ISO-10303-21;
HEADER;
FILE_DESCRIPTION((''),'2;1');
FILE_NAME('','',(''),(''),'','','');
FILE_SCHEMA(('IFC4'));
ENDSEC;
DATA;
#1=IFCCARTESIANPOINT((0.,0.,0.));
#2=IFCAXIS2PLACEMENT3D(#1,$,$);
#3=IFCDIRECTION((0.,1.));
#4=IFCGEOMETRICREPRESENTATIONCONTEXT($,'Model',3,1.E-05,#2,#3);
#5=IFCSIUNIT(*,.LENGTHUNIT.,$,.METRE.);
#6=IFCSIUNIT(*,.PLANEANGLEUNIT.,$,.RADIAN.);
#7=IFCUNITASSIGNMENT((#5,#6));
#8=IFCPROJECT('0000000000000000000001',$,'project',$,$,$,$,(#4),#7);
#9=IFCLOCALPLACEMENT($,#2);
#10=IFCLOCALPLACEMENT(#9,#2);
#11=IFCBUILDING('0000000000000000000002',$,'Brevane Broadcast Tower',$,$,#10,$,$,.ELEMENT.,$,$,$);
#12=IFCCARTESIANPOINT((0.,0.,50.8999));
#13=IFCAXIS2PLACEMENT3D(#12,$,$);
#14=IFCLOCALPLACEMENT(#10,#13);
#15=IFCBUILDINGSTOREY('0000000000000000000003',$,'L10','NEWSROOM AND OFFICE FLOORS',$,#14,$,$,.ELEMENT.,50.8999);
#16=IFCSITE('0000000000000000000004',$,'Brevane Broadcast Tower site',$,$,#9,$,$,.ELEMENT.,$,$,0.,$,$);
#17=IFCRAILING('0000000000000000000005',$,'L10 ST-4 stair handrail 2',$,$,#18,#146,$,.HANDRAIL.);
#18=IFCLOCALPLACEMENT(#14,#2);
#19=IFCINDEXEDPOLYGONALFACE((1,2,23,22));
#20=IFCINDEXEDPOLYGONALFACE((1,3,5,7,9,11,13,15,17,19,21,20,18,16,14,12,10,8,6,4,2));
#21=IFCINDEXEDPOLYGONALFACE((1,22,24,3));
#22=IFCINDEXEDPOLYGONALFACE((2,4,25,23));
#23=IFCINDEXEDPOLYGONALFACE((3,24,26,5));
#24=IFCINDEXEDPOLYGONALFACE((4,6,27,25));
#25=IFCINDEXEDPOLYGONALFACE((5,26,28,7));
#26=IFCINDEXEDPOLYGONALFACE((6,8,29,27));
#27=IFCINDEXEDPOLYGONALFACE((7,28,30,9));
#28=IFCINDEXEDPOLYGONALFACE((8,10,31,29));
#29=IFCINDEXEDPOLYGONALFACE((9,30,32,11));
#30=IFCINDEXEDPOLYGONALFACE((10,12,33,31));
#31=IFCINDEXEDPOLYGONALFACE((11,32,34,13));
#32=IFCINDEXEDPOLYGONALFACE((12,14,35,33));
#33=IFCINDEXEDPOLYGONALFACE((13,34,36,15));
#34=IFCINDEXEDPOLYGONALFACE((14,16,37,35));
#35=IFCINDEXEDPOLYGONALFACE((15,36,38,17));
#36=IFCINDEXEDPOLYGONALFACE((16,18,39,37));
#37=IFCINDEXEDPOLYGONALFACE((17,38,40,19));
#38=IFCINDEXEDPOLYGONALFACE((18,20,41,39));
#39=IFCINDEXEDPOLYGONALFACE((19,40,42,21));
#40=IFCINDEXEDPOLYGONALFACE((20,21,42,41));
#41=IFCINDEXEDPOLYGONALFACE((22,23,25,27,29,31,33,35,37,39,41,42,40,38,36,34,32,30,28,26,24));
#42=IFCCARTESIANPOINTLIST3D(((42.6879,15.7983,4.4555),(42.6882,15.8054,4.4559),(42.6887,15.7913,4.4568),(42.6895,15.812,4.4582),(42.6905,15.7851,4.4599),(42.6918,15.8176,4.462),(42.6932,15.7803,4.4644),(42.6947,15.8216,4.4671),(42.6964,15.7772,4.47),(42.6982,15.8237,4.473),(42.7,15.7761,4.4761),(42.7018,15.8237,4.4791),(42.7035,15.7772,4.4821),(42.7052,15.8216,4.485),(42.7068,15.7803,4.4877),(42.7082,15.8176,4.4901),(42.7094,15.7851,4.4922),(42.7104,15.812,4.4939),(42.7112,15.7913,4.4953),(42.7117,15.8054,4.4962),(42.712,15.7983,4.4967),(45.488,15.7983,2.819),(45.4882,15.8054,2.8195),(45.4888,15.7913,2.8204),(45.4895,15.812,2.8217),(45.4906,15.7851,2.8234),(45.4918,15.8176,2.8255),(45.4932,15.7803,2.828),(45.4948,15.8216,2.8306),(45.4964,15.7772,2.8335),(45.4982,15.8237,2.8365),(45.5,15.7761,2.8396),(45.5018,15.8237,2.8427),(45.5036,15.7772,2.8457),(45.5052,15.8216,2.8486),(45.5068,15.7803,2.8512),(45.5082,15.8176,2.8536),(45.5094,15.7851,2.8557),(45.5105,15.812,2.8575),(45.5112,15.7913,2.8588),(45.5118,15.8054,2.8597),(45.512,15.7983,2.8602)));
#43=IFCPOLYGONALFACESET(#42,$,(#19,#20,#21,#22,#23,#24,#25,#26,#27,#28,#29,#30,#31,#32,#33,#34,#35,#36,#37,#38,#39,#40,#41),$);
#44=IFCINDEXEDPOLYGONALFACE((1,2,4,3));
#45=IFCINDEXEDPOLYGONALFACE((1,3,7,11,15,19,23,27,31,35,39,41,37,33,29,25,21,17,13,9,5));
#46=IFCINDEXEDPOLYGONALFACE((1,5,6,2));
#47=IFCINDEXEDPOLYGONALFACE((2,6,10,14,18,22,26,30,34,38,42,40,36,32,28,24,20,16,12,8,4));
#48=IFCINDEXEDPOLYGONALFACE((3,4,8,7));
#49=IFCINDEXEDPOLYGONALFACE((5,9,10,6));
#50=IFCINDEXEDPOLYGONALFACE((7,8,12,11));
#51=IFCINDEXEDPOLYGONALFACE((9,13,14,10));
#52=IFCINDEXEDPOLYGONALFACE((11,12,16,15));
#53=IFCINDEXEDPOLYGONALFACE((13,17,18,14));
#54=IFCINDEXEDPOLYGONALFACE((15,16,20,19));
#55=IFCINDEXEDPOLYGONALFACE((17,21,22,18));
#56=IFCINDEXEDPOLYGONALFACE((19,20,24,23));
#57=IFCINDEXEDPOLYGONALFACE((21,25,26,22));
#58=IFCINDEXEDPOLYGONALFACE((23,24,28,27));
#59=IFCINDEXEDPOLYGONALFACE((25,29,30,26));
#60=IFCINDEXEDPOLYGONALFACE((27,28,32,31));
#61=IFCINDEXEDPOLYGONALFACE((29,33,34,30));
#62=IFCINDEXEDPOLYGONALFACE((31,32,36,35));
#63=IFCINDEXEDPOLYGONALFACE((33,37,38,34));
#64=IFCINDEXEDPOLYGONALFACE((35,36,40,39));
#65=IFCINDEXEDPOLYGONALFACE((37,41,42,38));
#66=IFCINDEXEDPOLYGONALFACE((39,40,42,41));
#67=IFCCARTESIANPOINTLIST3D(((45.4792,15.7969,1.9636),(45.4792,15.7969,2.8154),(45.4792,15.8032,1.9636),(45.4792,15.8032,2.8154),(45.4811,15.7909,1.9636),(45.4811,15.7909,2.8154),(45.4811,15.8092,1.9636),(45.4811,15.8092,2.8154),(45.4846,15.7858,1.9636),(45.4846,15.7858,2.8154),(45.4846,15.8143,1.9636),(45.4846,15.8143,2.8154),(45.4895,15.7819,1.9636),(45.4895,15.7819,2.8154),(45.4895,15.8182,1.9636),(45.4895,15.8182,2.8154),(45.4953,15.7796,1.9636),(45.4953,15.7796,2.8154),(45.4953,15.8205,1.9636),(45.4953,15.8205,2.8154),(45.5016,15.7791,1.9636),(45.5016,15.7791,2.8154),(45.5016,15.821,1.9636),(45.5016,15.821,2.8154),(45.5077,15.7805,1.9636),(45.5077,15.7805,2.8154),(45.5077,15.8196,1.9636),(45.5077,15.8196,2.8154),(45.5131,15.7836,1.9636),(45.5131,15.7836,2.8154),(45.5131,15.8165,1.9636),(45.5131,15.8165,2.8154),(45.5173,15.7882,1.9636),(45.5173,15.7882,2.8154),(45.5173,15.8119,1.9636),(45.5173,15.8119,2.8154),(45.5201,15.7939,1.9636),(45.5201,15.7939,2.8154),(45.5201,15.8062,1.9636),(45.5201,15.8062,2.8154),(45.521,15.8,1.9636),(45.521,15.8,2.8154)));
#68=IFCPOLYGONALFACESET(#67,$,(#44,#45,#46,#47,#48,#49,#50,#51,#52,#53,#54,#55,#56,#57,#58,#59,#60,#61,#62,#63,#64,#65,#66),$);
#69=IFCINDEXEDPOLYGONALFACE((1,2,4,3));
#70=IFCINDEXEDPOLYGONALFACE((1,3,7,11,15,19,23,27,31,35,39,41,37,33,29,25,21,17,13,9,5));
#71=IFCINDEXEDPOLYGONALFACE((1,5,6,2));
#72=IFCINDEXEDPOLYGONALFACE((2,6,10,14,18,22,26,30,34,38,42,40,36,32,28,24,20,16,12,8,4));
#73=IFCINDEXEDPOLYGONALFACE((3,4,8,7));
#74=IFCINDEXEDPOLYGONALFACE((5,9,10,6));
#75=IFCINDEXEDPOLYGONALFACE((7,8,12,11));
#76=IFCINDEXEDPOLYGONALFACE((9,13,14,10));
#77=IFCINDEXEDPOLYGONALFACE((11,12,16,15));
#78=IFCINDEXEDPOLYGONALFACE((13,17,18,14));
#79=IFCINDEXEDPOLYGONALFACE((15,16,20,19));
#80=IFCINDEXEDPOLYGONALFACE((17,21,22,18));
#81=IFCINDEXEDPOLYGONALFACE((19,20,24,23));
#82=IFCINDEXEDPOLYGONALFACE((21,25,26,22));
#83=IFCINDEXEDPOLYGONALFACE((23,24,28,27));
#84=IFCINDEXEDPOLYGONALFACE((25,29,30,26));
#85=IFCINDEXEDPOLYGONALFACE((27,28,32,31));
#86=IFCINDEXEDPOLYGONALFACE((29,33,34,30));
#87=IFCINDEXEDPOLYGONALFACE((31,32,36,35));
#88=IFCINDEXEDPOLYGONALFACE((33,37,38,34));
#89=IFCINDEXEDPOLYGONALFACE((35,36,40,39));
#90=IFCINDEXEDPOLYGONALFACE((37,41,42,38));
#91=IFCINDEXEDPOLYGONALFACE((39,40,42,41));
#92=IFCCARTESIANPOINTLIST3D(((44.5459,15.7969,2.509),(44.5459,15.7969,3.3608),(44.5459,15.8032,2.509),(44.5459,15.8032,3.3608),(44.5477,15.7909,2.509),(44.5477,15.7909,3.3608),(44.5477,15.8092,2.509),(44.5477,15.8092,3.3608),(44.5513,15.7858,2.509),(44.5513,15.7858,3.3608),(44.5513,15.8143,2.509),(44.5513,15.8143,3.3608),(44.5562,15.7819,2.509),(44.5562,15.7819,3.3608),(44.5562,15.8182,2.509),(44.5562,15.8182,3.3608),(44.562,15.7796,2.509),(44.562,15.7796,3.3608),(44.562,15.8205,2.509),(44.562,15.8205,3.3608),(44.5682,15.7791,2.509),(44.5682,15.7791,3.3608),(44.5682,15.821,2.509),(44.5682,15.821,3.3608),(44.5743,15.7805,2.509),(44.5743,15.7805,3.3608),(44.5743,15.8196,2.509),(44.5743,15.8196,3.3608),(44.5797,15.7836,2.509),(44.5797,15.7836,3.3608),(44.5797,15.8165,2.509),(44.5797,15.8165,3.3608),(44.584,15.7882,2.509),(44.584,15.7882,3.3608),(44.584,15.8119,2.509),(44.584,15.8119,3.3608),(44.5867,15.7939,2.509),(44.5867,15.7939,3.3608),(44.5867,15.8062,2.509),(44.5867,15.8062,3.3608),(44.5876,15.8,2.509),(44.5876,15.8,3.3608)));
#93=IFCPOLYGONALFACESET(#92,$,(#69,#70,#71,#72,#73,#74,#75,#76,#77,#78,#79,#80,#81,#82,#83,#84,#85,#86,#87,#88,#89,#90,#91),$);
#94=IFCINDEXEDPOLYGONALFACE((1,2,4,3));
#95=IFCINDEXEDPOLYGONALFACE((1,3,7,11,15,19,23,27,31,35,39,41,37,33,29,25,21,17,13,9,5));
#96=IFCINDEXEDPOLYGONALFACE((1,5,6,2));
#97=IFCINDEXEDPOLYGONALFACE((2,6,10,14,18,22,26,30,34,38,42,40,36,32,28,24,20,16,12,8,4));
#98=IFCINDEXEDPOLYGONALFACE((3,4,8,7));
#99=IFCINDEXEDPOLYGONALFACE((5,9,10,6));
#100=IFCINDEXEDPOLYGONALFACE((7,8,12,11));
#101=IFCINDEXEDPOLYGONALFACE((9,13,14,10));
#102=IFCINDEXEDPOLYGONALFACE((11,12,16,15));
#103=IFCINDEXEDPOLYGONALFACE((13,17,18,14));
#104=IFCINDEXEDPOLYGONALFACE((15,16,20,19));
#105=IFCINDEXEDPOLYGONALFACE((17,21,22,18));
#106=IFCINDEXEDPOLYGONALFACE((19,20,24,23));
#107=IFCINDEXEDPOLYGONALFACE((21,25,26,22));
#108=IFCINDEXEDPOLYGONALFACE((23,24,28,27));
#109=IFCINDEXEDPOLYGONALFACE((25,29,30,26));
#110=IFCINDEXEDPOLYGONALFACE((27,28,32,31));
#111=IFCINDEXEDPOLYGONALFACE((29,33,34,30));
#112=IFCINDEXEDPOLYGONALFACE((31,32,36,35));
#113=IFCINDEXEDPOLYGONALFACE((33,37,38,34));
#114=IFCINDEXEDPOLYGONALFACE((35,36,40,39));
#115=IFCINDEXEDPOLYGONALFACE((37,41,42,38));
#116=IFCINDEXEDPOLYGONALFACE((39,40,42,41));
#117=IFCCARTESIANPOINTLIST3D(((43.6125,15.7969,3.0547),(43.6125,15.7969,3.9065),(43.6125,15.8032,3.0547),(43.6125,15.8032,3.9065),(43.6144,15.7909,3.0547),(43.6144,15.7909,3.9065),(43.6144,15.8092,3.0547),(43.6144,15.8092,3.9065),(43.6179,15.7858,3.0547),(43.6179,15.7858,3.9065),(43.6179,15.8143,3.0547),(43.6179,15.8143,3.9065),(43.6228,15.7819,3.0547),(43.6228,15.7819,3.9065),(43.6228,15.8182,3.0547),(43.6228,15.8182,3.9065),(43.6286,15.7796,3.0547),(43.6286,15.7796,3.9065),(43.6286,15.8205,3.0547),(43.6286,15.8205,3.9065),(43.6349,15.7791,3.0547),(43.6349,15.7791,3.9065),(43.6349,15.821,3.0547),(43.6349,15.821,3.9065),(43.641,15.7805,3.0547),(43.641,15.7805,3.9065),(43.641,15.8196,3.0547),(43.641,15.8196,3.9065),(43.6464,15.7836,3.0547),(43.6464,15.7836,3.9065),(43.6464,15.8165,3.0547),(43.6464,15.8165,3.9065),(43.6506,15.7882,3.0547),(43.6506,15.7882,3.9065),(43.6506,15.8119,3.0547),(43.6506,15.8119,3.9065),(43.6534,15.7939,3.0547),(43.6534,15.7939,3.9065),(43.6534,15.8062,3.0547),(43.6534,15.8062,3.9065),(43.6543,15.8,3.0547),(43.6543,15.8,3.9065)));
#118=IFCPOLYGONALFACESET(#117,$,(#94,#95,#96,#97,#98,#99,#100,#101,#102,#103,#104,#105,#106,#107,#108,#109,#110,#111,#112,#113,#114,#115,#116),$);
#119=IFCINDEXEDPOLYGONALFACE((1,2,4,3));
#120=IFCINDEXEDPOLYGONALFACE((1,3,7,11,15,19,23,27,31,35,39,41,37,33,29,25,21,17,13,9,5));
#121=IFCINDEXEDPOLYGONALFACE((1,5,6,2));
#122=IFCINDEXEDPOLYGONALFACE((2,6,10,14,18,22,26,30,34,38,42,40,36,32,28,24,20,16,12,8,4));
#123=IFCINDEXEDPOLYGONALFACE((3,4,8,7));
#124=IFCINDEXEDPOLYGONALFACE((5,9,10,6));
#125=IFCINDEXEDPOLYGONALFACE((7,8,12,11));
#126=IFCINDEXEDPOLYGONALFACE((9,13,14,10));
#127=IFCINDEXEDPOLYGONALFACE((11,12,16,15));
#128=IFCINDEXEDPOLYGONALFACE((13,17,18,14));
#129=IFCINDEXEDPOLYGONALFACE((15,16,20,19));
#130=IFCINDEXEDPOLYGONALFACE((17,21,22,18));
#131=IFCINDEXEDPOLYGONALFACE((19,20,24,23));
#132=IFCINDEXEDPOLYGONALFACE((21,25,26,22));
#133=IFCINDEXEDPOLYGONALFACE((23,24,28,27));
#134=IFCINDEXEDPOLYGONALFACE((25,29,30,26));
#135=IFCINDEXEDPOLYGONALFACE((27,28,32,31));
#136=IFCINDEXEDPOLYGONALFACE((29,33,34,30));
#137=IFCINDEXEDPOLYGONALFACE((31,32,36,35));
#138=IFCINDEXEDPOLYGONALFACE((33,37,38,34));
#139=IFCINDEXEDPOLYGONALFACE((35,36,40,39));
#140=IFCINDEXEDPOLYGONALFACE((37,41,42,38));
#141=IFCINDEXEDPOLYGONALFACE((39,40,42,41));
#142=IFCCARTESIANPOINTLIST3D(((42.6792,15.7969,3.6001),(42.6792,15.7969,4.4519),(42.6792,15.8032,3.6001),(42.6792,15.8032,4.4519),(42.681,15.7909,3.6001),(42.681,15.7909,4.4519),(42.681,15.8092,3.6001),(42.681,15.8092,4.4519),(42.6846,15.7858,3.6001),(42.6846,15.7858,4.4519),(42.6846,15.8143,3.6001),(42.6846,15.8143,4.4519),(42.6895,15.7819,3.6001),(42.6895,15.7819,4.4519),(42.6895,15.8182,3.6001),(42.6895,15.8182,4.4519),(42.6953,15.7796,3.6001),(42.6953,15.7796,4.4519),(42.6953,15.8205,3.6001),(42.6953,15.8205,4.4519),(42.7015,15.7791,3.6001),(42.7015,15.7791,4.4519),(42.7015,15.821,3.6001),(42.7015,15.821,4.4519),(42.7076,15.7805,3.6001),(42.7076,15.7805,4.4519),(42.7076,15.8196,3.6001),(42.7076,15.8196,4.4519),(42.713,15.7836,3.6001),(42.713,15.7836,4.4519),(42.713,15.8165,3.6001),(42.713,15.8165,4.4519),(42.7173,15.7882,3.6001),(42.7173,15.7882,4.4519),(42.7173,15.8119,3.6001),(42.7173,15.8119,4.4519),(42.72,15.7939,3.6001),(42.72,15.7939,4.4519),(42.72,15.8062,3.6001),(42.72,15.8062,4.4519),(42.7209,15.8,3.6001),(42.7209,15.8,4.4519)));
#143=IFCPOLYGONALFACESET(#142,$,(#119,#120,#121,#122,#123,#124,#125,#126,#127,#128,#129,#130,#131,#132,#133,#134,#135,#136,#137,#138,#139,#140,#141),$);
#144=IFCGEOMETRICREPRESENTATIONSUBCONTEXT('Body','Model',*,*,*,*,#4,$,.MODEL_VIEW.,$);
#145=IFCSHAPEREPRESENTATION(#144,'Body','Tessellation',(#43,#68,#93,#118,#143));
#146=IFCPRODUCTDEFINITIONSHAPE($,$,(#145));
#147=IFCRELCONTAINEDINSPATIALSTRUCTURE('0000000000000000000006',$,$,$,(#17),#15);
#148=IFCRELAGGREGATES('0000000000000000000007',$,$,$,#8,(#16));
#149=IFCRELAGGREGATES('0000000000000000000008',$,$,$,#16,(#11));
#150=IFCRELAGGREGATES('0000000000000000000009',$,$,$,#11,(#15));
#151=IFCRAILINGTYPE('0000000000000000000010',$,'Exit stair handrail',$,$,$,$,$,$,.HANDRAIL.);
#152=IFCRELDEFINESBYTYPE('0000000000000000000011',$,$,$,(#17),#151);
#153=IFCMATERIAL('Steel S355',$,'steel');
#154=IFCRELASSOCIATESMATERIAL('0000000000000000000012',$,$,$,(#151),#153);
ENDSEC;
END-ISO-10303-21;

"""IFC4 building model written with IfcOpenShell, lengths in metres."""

from ifc_helpers import new_model, si_unit, direction, frame, origin, origin_2d, place, context, subcontext, project, spatial, circle, extrude, material, type_object, element, save


model = new_model("IFC4")

# Units and contexts
model_context = context("Model", 3, precision=1e-05, world=origin(), true_north=direction((0.0, 1.0)))
body_context = subcontext(model_context, "Body", "Model", "MODEL_VIEW")
ifc_project = project(units=[si_unit("LENGTHUNIT", "METRE"), si_unit("PLANEANGLEUNIT", "RADIAN")], contexts=[model_context])

# Site, building, storey
site_placement = place(None, origin())
site = spatial("IfcSite", under=ifc_project, at=site_placement, Name="Brevane Broadcast Tower site", CompositionType="ELEMENT", RefElevation=0.0)
building_placement = place(site_placement, origin())
building = spatial("IfcBuilding", under=site, at=building_placement, Name="Brevane Broadcast Tower", CompositionType="ELEMENT")
storey_placement = place(building_placement, frame((0.0, 0.0, 50.8999)))
storey = spatial("IfcBuildingStorey", under=building, at=storey_placement, Name="L10", Description="NEWSROOM AND OFFICE FLOORS", CompositionType="ELEMENT", Elevation=50.8999)

# Railing
ifc_material_1 = material(Name="Steel S355", Category="steel")
railing_type_1 = type_object("IfcRailingType", Name="Exit stair handrail", PredefinedType="HANDRAIL", material=ifc_material_1)
railing_1_placement = place(storey_placement, frame((45.5, 15.8, 1.9636)))
element("IfcRailing", 1, at=railing_1_placement, inside=storey, type_object=railing_type_1, Name="L10 ST-4 stair handrail 2", PredefinedType="HANDRAIL", context=body_context, shape_type="SweptSolid", body=[
    extrude(circle(Radius=0.0239, at=origin_2d()), frame((0.0, 0.0, 0.876), z_axis=(-0.863361, 0.0, 0.504587), x_axis=(0.0, -1.0, 0.0)), (0.0, 0.0, 1.0), 3.2432),
    extrude(circle(Radius=0.021, at=origin_2d()), origin(), (0.0, 0.0, 1.0), 0.8518),
    extrude(circle(Radius=0.021, at=origin_2d()), frame((-0.9333, 0.0, 0.5454)), (0.0, 0.0, 1.0), 0.8518),
    extrude(circle(Radius=0.021, at=origin_2d()), frame((-1.8667, 0.0, 1.0911)), (0.0, 0.0, 1.0), 0.8518),
    extrude(circle(Radius=0.021, at=origin_2d()), frame((-2.8, 0.0, 1.6365)), (0.0, 0.0, 1.0), 0.8518),
])

save(model, "model.ifc")
